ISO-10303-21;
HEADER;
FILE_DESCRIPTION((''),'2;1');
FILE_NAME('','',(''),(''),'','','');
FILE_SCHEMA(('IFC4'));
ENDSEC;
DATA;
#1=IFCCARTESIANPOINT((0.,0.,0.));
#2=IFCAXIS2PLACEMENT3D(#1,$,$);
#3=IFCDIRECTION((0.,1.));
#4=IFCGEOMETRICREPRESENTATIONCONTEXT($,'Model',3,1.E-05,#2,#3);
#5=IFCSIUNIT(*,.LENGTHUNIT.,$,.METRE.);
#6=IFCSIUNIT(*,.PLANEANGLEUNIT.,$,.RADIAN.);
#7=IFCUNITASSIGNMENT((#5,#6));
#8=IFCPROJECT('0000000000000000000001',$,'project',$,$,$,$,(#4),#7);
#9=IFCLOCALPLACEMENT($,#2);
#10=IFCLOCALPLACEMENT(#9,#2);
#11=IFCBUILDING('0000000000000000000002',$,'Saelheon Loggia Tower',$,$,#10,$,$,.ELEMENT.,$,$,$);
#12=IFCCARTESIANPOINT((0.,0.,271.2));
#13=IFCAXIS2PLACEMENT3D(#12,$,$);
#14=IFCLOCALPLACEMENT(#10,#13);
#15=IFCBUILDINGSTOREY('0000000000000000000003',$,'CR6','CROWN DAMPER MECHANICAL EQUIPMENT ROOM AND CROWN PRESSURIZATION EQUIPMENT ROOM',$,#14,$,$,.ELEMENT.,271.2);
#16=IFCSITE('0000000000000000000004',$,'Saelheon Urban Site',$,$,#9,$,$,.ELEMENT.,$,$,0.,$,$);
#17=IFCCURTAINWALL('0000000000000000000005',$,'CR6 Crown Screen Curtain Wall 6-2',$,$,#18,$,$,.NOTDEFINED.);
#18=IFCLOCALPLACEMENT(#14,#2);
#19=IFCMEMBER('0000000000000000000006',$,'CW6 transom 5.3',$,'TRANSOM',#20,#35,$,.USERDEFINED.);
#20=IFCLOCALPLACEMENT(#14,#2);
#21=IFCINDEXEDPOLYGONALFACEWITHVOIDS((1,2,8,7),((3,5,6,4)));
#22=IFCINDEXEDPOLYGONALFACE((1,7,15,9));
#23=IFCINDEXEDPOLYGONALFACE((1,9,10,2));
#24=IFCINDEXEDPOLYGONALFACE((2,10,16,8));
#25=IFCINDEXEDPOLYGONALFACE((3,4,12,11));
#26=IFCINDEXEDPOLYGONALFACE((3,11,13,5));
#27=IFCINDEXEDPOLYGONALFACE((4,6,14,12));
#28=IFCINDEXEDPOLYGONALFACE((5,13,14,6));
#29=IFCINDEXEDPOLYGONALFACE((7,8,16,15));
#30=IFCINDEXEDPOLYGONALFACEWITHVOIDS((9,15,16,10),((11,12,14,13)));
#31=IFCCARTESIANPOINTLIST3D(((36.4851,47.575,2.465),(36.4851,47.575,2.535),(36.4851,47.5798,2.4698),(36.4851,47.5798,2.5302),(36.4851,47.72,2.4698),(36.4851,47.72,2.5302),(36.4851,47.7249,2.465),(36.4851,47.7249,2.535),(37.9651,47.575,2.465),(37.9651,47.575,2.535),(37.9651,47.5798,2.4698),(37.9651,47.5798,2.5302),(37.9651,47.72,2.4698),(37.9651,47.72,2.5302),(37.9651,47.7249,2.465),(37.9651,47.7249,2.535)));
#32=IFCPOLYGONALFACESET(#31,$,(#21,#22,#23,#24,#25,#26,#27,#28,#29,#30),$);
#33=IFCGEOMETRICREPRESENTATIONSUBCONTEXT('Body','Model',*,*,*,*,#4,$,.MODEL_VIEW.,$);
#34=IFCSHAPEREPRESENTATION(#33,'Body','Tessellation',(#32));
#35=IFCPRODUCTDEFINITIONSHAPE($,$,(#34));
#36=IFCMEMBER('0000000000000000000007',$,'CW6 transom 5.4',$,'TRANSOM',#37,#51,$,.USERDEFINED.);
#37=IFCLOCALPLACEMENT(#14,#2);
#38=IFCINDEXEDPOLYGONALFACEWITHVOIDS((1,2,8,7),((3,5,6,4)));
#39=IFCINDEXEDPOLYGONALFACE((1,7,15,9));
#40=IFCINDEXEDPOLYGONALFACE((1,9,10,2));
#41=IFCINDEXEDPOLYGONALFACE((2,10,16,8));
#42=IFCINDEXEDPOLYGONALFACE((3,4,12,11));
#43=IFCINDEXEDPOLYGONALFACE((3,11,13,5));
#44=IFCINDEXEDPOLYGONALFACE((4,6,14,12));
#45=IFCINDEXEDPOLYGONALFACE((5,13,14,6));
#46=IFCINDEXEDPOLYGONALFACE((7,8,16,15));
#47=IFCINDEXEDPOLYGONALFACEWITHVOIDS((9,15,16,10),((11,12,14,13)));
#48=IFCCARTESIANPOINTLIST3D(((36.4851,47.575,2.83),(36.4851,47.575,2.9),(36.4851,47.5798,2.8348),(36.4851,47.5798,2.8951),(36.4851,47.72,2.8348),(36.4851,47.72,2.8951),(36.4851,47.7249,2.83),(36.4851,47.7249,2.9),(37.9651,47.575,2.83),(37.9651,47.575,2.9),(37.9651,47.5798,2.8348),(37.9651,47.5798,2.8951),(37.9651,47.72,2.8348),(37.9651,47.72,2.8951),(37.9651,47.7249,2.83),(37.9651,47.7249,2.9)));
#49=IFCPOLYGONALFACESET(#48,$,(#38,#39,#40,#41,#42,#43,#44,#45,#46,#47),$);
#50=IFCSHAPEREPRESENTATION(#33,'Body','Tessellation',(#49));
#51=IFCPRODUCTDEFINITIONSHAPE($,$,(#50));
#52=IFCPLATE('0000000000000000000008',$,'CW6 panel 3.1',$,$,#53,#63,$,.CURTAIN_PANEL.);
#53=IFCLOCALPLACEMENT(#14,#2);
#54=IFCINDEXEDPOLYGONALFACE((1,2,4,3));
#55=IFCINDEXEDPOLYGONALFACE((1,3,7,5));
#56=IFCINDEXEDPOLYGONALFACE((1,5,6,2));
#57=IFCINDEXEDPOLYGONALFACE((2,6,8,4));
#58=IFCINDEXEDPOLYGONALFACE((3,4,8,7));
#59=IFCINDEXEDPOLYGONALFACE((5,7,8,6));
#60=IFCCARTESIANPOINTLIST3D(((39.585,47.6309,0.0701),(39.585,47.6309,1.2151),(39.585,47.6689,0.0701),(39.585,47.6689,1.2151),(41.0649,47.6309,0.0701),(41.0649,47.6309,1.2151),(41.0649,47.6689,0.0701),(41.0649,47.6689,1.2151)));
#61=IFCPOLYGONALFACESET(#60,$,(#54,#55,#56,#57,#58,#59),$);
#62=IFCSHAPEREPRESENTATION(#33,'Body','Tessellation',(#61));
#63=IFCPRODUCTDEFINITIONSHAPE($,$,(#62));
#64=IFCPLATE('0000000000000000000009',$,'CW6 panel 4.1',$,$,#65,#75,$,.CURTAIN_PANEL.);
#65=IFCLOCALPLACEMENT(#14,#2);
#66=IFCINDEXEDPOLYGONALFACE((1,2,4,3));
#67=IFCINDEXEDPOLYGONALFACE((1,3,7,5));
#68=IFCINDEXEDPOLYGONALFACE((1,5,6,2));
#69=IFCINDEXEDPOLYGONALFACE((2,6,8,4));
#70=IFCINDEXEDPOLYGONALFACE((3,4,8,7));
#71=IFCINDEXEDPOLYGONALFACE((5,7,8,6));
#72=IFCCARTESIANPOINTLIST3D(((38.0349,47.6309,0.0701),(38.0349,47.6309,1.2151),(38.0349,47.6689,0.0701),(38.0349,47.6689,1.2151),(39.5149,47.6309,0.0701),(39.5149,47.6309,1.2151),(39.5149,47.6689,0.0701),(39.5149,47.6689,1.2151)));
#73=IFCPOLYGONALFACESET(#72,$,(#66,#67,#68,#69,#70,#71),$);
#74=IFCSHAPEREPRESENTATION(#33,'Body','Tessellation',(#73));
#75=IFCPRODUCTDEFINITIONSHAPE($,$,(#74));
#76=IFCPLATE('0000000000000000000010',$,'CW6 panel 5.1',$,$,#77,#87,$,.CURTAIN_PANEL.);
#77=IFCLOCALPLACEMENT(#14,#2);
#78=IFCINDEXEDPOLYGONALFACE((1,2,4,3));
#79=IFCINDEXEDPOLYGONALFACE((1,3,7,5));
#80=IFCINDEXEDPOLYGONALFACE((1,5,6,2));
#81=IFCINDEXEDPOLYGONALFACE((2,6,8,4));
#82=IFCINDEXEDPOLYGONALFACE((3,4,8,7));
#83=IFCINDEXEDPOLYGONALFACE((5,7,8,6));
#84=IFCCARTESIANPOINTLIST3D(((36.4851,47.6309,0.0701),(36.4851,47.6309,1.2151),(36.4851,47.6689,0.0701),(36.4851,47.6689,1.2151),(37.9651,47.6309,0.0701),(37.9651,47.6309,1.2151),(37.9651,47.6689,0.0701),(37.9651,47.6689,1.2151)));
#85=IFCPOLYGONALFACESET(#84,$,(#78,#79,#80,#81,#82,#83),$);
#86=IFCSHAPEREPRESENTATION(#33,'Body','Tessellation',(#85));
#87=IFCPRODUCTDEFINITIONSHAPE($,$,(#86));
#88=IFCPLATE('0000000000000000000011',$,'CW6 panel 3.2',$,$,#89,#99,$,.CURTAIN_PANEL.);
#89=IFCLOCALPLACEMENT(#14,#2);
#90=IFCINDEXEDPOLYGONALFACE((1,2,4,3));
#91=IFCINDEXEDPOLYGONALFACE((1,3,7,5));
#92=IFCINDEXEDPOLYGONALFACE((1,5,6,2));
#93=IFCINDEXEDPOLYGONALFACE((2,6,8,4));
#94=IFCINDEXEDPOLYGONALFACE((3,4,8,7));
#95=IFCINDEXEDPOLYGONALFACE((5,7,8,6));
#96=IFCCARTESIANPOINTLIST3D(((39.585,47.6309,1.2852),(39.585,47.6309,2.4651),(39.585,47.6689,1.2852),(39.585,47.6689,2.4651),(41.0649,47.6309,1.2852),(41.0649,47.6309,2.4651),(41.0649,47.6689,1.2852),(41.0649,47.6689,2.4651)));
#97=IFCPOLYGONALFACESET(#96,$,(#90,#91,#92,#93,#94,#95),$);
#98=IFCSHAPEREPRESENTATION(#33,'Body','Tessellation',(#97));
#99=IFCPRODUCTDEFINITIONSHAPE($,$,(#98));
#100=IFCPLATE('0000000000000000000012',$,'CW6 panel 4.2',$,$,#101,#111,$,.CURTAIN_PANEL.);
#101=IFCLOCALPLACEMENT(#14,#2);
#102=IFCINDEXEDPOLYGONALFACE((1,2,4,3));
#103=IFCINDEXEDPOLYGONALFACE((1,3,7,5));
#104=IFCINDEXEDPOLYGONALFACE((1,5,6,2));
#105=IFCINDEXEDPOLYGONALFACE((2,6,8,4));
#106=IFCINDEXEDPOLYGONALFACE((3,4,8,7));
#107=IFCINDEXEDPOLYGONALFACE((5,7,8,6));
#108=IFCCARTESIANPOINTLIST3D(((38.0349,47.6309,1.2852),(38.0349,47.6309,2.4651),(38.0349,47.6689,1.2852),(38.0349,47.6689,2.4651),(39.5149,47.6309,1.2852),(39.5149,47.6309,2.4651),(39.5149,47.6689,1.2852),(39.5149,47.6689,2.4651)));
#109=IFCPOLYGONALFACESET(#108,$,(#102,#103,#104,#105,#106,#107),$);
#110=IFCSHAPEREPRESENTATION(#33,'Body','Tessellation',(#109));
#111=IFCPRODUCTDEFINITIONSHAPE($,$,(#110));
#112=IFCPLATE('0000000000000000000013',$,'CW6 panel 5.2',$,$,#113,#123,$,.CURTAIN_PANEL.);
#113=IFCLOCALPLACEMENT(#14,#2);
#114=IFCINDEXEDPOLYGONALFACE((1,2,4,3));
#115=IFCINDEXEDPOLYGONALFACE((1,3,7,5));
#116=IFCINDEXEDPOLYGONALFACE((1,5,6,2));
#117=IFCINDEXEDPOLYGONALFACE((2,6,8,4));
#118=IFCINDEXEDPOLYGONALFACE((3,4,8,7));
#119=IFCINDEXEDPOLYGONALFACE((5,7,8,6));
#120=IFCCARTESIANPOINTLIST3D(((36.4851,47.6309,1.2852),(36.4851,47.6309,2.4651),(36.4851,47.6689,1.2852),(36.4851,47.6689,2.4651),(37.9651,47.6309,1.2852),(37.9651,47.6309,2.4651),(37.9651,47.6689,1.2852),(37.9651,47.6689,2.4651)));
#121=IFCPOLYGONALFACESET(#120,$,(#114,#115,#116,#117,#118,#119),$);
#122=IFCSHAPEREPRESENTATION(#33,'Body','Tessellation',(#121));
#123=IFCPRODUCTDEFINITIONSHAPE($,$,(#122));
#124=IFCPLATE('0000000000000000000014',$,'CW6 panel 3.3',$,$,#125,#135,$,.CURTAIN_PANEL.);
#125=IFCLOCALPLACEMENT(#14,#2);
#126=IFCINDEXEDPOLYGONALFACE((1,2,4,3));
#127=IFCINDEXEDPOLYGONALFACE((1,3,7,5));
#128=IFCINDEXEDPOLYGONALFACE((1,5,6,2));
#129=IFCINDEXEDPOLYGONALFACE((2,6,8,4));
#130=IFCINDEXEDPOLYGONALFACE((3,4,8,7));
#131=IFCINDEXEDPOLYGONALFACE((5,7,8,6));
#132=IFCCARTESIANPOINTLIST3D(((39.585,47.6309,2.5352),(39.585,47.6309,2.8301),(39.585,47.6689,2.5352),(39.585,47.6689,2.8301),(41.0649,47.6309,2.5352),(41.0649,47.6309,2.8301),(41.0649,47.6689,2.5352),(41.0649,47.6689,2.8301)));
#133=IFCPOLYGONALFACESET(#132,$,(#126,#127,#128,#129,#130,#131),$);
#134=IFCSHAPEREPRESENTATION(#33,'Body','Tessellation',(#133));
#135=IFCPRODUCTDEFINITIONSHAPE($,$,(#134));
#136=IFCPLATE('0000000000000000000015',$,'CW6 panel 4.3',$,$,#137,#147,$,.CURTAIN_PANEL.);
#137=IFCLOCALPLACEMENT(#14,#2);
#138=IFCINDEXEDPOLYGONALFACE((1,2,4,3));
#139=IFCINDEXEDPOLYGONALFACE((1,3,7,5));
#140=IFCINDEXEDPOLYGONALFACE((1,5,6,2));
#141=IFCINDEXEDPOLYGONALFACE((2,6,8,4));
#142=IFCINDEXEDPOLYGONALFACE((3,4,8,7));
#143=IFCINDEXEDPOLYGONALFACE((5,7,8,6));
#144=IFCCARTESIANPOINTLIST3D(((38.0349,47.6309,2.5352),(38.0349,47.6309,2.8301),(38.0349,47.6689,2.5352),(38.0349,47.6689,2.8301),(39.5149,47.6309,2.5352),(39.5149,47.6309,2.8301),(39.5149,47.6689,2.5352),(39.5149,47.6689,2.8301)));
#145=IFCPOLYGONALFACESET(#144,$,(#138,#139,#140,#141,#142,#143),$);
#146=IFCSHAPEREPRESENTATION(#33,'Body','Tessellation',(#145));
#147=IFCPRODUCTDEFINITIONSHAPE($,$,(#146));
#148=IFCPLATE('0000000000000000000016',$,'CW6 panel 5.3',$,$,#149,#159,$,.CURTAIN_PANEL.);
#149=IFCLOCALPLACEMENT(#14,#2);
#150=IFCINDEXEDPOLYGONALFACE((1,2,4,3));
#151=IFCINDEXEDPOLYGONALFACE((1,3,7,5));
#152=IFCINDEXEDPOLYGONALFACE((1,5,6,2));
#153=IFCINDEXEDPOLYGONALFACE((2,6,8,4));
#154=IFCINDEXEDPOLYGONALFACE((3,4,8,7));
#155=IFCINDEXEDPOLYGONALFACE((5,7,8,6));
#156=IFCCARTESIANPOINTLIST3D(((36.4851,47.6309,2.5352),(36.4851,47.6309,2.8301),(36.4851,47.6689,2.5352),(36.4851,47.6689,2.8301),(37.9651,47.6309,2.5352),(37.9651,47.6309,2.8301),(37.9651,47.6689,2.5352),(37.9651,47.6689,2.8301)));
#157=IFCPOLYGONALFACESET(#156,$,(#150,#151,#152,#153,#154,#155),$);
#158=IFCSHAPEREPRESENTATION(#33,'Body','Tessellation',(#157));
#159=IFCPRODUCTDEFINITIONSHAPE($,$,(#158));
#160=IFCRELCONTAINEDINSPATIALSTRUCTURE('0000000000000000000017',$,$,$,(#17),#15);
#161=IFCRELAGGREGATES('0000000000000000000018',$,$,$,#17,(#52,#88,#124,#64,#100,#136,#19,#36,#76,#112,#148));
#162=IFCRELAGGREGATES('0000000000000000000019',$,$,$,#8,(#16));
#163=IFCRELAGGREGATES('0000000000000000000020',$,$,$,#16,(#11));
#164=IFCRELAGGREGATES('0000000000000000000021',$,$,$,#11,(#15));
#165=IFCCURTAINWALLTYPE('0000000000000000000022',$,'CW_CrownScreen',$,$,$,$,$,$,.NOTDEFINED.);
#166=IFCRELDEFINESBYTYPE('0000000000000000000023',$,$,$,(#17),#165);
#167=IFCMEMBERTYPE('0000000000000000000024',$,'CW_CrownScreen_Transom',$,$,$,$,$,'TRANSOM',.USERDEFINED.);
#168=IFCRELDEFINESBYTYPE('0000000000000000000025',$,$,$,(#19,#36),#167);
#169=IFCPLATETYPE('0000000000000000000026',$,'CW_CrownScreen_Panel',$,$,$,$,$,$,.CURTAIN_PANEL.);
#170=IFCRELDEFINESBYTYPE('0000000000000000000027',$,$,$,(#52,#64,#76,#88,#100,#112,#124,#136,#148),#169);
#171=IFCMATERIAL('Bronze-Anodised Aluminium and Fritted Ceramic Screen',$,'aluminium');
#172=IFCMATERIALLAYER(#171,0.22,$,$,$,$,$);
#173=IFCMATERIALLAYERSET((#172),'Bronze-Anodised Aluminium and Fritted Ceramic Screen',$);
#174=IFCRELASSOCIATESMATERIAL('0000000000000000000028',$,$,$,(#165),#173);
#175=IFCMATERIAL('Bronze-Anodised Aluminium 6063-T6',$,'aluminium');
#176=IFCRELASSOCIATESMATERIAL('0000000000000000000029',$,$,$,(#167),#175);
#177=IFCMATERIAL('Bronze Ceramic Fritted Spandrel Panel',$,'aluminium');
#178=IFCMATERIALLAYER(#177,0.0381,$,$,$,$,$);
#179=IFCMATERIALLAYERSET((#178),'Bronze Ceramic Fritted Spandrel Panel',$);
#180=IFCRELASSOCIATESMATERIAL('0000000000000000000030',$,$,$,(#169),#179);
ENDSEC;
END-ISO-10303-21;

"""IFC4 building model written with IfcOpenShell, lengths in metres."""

from ifc_helpers import new_model, si_unit, direction, frame, origin, origin_2d, place, context, subcontext, project, spatial, rectangle, hollow_rectangle, extrude, source, transform, mapped, material, layer, layer_set, material_profile, profile_set, type_object, element, aggregate, save


model = new_model("IFC4")

# Units and contexts
model_context = context("Model", 3, precision=1e-05, world=origin(), true_north=direction((0.0, 1.0)))
body_context = subcontext(model_context, "Body", "Model", "MODEL_VIEW")
ifc_project = project(units=[si_unit("LENGTHUNIT", "METRE"), si_unit("PLANEANGLEUNIT", "RADIAN")], contexts=[model_context])

# Site, building, storey
site_placement = place(None, origin())
site = spatial("IfcSite", under=ifc_project, at=site_placement, Name="Saelheon Urban Site", CompositionType="ELEMENT", RefElevation=0.0)
building_placement = place(site_placement, origin())
building = spatial("IfcBuilding", under=site, at=building_placement, Name="Saelheon Loggia Tower", CompositionType="ELEMENT")
storey_placement = place(building_placement, frame((0.0, 0.0, 271.2)))
storey = spatial("IfcBuildingStorey", under=building, at=storey_placement, Name="CR6", Description="CROWN DAMPER MECHANICAL EQUIPMENT ROOM AND CROWN PRESSURIZATION EQUIPMENT ROOM", CompositionType="ELEMENT", Elevation=271.2)

# Curtain wall, members, plates
ifc_material_1 = material(Name="Bronze-Anodised Aluminium and Fritted Ceramic Screen", Category="aluminium")
ifc_layer_1 = layer(ifc_material_1, 0.22)
ifc_layer_set_1 = layer_set([ifc_layer_1], Name="Bronze-Anodised Aluminium and Fritted Ceramic Screen")
curtain_wall_type = type_object("IfcCurtainWallType", Name="CW_CrownScreen", PredefinedType="NOTDEFINED", material=ifc_layer_set_1)
curtain_wall_placement = place(storey_placement, origin())
curtain_wall = element("IfcCurtainWall", 1, at=curtain_wall_placement, inside=storey, type_object=curtain_wall_type, Name="CR6 Crown Screen Curtain Wall 6-2", PredefinedType="NOTDEFINED")
ifc_material_2 = material(Name="Bronze-Anodised Aluminium 6063-T6", Category="aluminium")
ifc_material_profile_1 = material_profile(ifc_material_2, hollow_rectangle(XDim=0.0701, YDim=0.1499, WallThickness=0.0049, at=origin_2d()), Name="RHS-150x70x5")
ifc_profile_set_1 = profile_set([ifc_material_profile_1], Name="Bronze-Anodised Aluminium 6063-T6")
member_type_1 = type_object("IfcMemberType", Name="CW_CrownScreen_Transom", ElementType="TRANSOM", PredefinedType="USERDEFINED", material=ifc_profile_set_1)
shared_shape_1 = source(origin(), body_context, "Body", "SweptSolid", [
    extrude(hollow_rectangle(XDim=0.0701, YDim=0.1499, WallThickness=0.0049, at=origin_2d()), origin(), (0.0, 0.0, 1.0), 1.48),
])
member_1_placement = place(storey_placement, frame((37.9651, 47.6499, 2.5), z_axis=(-1.0, 0.0, 0.0), x_axis=(0.0, 0.0, 1.0)))
member_1 = element("IfcMember", 2, at=member_1_placement, type_object=member_type_1, Name="CW6 transom 5.3", ObjectType="TRANSOM", PredefinedType="USERDEFINED", context=body_context, shape_type="MappedRepresentation", body=[
    mapped(shared_shape_1, transform((0.0, 0.0, 0.0), scale=1.0)),
])
member_2_placement = place(storey_placement, frame((37.9651, 47.6499, 2.865), z_axis=(-1.0, 0.0, 0.0), x_axis=(0.0, 0.0, 1.0)))
member_2 = element("IfcMember", 3, at=member_2_placement, type_object=member_type_1, Name="CW6 transom 5.4", ObjectType="TRANSOM", PredefinedType="USERDEFINED", context=body_context, shape_type="MappedRepresentation", body=[
    mapped(shared_shape_1, transform((0.0, 0.0, 0.0), scale=1.0)),
])
ifc_material_3 = material(Name="Bronze Ceramic Fritted Spandrel Panel", Category="aluminium")
ifc_layer_2 = layer(ifc_material_3, 0.0381)
ifc_layer_set_2 = layer_set([ifc_layer_2], Name="Bronze Ceramic Fritted Spandrel Panel")
plate_type = type_object("IfcPlateType", Name="CW_CrownScreen_Panel", PredefinedType="CURTAIN_PANEL", material=ifc_layer_set_2)
shared_shape_2 = source(origin(), body_context, "Body", "SweptSolid", [
    extrude(rectangle(XDim=1.48, YDim=0.0381, at=origin_2d()), origin(), (0.0, 0.0, 1.0), 1.145),
])
plate_1_placement = place(storey_placement, frame((40.325, 47.6499, 0.0701), z_axis=(0.0, 0.0, 1.0), x_axis=(-1.0, 0.0, 0.0)))
plate_1 = element("IfcPlate", 4, at=plate_1_placement, type_object=plate_type, Name="CW6 panel 3.1", PredefinedType="CURTAIN_PANEL", context=body_context, shape_type="MappedRepresentation", body=[
    mapped(shared_shape_2, transform((0.0, 0.0, 0.0), scale=1.0)),
])
plate_2_placement = place(storey_placement, frame((38.7749, 47.6499, 0.0701), z_axis=(0.0, 0.0, 1.0), x_axis=(-1.0, 0.0, 0.0)))
plate_2 = element("IfcPlate", 5, at=plate_2_placement, type_object=plate_type, Name="CW6 panel 4.1", PredefinedType="CURTAIN_PANEL", context=body_context, shape_type="MappedRepresentation", body=[
    mapped(shared_shape_2, transform((0.0, 0.0, 0.0), scale=1.0)),
])
plate_3_placement = place(storey_placement, frame((37.2251, 47.6499, 0.0701), z_axis=(0.0, 0.0, 1.0), x_axis=(-1.0, 0.0, 0.0)))
plate_3 = element("IfcPlate", 6, at=plate_3_placement, type_object=plate_type, Name="CW6 panel 5.1", PredefinedType="CURTAIN_PANEL", context=body_context, shape_type="MappedRepresentation", body=[
    mapped(shared_shape_2, transform((0.0, 0.0, 0.0), scale=1.0)),
])
shared_shape_3 = source(origin(), body_context, "Body", "SweptSolid", [
    extrude(rectangle(XDim=1.48, YDim=0.0381, at=origin_2d()), origin(), (0.0, 0.0, 1.0), 1.1799),
])
plate_4_placement = place(storey_placement, frame((40.325, 47.6499, 1.2852), z_axis=(0.0, 0.0, 1.0), x_axis=(-1.0, 0.0, 0.0)))
plate_4 = element("IfcPlate", 7, at=plate_4_placement, type_object=plate_type, Name="CW6 panel 3.2", PredefinedType="CURTAIN_PANEL", context=body_context, shape_type="MappedRepresentation", body=[
    mapped(shared_shape_3, transform((0.0, 0.0, 0.0), scale=1.0)),
])
plate_5_placement = place(storey_placement, frame((38.7749, 47.6499, 1.2852), z_axis=(0.0, 0.0, 1.0), x_axis=(-1.0, 0.0, 0.0)))
plate_5 = element("IfcPlate", 8, at=plate_5_placement, type_object=plate_type, Name="CW6 panel 4.2", PredefinedType="CURTAIN_PANEL", context=body_context, shape_type="MappedRepresentation", body=[
    mapped(shared_shape_3, transform((0.0, 0.0, 0.0), scale=1.0)),
])
plate_6_placement = place(storey_placement, frame((37.2251, 47.6499, 1.2852), z_axis=(0.0, 0.0, 1.0), x_axis=(-1.0, 0.0, 0.0)))
plate_6 = element("IfcPlate", 9, at=plate_6_placement, type_object=plate_type, Name="CW6 panel 5.2", PredefinedType="CURTAIN_PANEL", context=body_context, shape_type="MappedRepresentation", body=[
    mapped(shared_shape_3, transform((0.0, 0.0, 0.0), scale=1.0)),
])
shared_shape_4 = source(origin(), body_context, "Body", "SweptSolid", [
    extrude(rectangle(XDim=1.48, YDim=0.0381, at=origin_2d()), origin(), (0.0, 0.0, 1.0), 0.2949),
])
plate_7_placement = place(storey_placement, frame((40.325, 47.6499, 2.5352), z_axis=(0.0, 0.0, 1.0), x_axis=(-1.0, 0.0, 0.0)))
plate_7 = element("IfcPlate", 10, at=plate_7_placement, type_object=plate_type, Name="CW6 panel 3.3", PredefinedType="CURTAIN_PANEL", context=body_context, shape_type="MappedRepresentation", body=[
    mapped(shared_shape_4, transform((0.0, 0.0, 0.0), scale=1.0)),
])
plate_8_placement = place(storey_placement, frame((38.7749, 47.6499, 2.5352), z_axis=(0.0, 0.0, 1.0), x_axis=(-1.0, 0.0, 0.0)))
plate_8 = element("IfcPlate", 11, at=plate_8_placement, type_object=plate_type, Name="CW6 panel 4.3", PredefinedType="CURTAIN_PANEL", context=body_context, shape_type="MappedRepresentation", body=[
    mapped(shared_shape_4, transform((0.0, 0.0, 0.0), scale=1.0)),
])
plate_9_placement = place(storey_placement, frame((37.2251, 47.6499, 2.5352), z_axis=(0.0, 0.0, 1.0), x_axis=(-1.0, 0.0, 0.0)))
plate_9 = element("IfcPlate", 12, at=plate_9_placement, type_object=plate_type, Name="CW6 panel 5.3", PredefinedType="CURTAIN_PANEL", context=body_context, shape_type="MappedRepresentation", body=[
    mapped(shared_shape_4, transform((0.0, 0.0, 0.0), scale=1.0)),
])
aggregate(curtain_wall, [plate_1, plate_4, plate_7, plate_2, plate_5, plate_8, member_1, member_2, plate_3, plate_6, plate_9])

save(model, "model.ifc")
